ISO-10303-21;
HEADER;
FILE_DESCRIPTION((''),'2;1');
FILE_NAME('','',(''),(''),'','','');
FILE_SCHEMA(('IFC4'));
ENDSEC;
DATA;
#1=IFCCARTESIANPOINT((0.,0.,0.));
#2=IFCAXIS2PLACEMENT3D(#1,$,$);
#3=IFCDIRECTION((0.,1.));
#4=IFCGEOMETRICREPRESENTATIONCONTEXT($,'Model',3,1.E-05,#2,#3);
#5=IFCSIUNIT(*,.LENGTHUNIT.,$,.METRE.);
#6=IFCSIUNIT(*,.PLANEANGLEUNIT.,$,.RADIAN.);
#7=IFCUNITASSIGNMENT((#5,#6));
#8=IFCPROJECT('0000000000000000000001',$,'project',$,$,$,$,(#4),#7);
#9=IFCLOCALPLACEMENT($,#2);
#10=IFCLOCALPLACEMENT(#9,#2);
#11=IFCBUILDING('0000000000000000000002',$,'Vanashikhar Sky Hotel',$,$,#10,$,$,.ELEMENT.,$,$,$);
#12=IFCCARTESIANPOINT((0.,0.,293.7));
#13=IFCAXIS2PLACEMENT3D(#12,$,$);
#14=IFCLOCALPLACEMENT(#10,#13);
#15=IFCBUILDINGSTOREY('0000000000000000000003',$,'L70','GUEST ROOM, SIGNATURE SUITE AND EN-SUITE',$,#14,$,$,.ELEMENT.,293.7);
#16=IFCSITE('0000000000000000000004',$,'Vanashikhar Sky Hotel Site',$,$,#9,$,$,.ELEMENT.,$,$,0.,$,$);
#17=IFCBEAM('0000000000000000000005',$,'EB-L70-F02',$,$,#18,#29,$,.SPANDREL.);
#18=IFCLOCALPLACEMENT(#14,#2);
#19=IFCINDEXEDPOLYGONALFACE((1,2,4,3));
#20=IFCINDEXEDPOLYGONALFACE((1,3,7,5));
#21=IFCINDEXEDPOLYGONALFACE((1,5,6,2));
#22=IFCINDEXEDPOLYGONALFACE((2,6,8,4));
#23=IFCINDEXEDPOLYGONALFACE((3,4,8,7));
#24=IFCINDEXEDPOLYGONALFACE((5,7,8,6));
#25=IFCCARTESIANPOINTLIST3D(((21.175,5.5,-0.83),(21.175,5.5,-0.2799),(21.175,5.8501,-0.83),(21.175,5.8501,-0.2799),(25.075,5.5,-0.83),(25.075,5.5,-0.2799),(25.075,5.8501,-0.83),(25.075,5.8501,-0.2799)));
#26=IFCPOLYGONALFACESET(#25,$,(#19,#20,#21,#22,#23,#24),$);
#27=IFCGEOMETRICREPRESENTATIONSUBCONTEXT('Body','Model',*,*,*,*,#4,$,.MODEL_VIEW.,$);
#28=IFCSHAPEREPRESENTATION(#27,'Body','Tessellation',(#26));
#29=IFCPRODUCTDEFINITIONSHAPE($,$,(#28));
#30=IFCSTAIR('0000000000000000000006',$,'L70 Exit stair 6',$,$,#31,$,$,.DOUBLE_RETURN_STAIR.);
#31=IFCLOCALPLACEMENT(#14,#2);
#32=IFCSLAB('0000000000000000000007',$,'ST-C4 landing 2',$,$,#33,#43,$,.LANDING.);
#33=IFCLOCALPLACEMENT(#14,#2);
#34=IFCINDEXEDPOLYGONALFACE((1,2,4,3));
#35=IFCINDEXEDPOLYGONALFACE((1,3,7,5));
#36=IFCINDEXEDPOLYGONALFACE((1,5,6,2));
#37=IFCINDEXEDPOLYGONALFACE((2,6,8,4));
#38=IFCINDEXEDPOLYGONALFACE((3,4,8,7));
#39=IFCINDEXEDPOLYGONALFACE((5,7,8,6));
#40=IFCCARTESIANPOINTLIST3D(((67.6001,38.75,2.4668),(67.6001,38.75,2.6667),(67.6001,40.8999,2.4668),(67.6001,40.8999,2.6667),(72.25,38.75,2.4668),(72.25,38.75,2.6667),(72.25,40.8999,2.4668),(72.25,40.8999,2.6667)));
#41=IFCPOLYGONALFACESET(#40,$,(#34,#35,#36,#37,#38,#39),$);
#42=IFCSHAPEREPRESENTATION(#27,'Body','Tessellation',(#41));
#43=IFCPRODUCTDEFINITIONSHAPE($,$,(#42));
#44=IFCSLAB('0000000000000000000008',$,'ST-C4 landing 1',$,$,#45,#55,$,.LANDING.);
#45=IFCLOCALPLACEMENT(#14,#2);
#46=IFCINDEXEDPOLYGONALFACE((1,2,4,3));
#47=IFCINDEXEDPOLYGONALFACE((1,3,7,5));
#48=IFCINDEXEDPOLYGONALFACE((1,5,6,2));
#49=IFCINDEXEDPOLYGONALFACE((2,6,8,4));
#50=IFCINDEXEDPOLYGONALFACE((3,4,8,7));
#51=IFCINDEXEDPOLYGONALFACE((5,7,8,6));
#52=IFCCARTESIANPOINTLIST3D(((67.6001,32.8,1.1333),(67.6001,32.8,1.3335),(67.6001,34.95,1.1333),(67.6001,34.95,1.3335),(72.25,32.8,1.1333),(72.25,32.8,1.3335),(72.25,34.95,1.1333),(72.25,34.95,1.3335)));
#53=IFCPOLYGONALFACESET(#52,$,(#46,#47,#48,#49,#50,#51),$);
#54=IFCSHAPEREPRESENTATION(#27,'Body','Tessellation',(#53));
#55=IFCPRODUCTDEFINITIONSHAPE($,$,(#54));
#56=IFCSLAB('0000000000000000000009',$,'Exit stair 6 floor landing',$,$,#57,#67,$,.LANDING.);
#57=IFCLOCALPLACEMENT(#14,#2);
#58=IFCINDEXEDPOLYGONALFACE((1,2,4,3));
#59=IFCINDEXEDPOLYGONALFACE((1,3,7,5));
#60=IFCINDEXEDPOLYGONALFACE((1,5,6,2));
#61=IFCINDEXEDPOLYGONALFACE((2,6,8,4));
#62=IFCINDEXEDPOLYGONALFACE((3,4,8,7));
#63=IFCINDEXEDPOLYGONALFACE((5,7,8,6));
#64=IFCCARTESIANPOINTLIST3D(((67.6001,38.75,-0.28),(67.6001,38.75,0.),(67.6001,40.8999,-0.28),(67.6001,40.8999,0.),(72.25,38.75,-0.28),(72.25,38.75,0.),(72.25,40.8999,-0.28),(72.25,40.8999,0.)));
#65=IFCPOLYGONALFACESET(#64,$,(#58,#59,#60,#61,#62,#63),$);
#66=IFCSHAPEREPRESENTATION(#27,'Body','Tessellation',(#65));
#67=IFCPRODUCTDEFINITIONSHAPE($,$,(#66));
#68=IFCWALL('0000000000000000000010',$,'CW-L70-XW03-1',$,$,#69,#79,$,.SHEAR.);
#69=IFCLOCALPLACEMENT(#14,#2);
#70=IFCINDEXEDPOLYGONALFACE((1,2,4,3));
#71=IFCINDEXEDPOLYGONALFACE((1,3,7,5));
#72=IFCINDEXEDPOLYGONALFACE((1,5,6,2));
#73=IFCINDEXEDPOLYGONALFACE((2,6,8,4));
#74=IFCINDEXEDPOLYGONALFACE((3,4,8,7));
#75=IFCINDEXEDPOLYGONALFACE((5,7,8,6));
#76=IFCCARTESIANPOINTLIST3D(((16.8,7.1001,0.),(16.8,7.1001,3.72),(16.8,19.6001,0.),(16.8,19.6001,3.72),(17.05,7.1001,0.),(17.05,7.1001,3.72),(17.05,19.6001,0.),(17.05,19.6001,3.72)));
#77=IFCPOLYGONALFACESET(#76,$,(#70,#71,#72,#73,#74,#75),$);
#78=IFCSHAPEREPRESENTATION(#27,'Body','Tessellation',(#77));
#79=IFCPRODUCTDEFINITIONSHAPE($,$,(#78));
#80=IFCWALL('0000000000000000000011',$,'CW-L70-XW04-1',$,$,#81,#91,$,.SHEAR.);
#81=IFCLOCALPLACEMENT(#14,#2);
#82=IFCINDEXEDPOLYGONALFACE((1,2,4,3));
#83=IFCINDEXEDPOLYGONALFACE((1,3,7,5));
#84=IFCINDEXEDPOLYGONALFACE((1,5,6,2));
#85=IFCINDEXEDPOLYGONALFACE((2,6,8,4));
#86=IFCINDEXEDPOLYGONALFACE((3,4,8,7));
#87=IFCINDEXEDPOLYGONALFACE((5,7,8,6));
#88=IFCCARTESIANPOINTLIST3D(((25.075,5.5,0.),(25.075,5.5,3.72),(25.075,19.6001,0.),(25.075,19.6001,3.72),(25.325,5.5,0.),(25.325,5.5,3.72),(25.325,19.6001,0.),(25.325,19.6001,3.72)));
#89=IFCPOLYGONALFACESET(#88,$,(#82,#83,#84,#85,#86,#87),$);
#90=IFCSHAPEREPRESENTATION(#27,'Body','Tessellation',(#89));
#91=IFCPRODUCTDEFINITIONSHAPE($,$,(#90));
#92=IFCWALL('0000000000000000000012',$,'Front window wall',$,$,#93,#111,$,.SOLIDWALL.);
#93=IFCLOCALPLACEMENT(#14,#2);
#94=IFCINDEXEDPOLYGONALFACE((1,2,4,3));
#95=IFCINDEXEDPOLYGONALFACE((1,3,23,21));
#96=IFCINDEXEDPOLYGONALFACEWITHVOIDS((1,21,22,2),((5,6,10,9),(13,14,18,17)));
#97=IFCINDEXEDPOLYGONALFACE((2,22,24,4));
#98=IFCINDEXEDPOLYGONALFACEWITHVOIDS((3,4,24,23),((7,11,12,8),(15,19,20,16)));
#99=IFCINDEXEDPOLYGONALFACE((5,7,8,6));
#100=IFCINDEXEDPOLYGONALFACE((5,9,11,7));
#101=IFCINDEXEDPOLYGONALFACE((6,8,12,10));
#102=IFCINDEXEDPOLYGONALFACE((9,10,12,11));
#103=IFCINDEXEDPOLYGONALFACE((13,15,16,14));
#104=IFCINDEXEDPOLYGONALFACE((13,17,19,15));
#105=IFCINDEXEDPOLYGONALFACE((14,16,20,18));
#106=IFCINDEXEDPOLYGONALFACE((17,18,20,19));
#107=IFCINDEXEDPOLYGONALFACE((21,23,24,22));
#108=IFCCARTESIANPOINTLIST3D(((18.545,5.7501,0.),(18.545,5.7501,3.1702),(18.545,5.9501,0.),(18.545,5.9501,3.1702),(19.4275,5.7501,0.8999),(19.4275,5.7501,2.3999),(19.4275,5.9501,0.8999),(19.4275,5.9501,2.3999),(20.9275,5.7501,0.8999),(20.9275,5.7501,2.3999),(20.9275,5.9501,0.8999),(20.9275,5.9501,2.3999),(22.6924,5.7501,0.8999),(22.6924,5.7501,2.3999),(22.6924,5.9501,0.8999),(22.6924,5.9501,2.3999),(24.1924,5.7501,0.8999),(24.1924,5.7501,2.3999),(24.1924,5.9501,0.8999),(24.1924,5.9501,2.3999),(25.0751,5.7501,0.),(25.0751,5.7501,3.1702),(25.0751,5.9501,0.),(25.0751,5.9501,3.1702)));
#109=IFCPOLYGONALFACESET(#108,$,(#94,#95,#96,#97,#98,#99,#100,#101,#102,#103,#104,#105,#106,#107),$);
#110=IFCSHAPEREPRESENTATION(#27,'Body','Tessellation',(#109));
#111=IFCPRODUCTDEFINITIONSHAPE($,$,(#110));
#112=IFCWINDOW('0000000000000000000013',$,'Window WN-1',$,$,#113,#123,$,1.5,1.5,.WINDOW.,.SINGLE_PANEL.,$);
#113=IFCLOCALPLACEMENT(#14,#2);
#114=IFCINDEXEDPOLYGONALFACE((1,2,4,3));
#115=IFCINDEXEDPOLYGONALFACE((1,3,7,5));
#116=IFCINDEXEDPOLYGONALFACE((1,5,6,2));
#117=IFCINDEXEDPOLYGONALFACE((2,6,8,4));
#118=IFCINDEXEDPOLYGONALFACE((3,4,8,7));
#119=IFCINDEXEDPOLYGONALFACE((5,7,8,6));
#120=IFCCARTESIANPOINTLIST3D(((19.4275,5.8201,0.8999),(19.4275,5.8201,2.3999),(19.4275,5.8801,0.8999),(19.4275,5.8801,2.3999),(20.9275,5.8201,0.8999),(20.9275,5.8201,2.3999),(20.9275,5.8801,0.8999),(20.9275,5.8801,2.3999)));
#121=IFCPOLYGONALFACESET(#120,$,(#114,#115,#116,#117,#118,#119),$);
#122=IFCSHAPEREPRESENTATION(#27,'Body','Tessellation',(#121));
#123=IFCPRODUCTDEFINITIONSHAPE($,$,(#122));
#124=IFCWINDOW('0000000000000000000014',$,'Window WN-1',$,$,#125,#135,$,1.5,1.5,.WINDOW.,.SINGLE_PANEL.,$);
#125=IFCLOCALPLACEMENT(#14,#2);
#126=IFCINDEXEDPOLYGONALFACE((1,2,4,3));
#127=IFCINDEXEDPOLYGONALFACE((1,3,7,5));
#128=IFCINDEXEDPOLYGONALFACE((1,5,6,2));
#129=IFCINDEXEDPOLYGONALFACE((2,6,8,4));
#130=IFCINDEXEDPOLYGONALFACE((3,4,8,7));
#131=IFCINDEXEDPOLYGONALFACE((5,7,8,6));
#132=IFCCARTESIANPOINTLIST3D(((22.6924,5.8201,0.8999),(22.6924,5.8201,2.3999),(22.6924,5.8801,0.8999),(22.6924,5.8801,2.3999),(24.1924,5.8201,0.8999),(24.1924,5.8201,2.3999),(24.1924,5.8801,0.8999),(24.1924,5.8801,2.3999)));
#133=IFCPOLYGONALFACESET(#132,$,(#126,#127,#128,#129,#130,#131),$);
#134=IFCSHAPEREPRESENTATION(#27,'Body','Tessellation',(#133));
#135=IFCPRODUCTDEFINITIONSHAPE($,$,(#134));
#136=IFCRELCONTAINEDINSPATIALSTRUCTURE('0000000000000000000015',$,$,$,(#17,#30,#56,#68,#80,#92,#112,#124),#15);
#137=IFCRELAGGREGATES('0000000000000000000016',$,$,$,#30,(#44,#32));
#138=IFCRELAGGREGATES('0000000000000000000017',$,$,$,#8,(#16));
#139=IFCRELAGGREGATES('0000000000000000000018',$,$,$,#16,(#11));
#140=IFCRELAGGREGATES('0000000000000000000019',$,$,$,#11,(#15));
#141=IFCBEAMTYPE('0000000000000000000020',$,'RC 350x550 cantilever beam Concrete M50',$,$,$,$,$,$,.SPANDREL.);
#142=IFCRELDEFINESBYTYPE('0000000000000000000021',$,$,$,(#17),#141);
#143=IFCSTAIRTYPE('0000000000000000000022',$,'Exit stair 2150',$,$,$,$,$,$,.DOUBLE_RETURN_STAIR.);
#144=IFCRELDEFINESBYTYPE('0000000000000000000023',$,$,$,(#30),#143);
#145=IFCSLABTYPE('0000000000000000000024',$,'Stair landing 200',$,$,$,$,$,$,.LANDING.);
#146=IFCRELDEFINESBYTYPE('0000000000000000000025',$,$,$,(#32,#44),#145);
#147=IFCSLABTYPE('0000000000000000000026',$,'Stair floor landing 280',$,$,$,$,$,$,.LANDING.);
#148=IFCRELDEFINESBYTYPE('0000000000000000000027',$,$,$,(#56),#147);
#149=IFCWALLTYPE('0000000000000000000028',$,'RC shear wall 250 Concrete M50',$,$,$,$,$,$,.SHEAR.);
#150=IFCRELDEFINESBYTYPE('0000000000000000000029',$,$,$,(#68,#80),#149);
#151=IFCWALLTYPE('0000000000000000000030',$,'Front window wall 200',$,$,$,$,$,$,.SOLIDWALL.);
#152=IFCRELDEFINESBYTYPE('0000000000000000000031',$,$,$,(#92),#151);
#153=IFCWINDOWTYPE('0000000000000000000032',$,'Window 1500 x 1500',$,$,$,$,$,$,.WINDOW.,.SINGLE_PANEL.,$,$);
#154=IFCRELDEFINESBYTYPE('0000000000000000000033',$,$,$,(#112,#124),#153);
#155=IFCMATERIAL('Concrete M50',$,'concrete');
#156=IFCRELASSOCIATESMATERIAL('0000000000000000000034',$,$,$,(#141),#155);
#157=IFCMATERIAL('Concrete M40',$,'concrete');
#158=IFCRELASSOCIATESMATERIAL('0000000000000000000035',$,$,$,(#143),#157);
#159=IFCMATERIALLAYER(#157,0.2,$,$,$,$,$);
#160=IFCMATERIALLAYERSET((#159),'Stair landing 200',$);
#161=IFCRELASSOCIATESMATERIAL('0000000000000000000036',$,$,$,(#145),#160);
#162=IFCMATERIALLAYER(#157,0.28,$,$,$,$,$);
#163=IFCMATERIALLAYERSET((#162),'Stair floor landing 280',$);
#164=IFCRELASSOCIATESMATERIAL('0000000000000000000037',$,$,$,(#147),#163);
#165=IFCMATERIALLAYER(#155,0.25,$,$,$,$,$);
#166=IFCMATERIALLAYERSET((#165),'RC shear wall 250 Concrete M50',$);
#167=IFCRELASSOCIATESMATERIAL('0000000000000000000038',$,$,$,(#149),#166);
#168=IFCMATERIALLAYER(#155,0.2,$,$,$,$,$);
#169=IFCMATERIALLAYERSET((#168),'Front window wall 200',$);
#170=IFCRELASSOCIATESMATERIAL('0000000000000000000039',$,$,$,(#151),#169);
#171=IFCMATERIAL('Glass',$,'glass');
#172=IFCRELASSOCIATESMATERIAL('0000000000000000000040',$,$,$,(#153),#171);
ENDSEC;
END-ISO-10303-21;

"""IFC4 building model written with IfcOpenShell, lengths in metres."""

from ifc_helpers import new_model, si_unit, direction, frame, frame_2d, origin, origin_2d, place, context, subcontext, project, spatial, polyline, rectangle, outline, extrude, source, transform, mapped, material, layer, layer_set, material_profile, profile_set, type_object, element, fill, aggregate, save


model = new_model("IFC4")

# Units and contexts
model_context = context("Model", 3, precision=1e-05, world=origin(), true_north=direction((0.0, 1.0)))
body_context = subcontext(model_context, "Body", "Model", "MODEL_VIEW")
ifc_project = project(units=[si_unit("LENGTHUNIT", "METRE"), si_unit("PLANEANGLEUNIT", "RADIAN")], contexts=[model_context])

# Site, building, storey
site_placement = place(None, origin())
site = spatial("IfcSite", under=ifc_project, at=site_placement, Name="Vanashikhar Sky Hotel Site", CompositionType="ELEMENT", RefElevation=0.0)
building_placement = place(site_placement, origin())
building = spatial("IfcBuilding", under=site, at=building_placement, Name="Vanashikhar Sky Hotel", CompositionType="ELEMENT")
storey_placement = place(building_placement, frame((0.0, 0.0, 293.7)))
storey = spatial("IfcBuildingStorey", under=building, at=storey_placement, Name="L70", Description="GUEST ROOM, SIGNATURE SUITE AND EN-SUITE", CompositionType="ELEMENT", Elevation=293.7)

# Beam
ifc_material_1 = material(Name="Concrete M50", Category="concrete")
ifc_material_profile = material_profile(ifc_material_1, rectangle(XDim=0.3501, YDim=0.55, at=origin_2d()))
ifc_profile_set = profile_set([ifc_material_profile], Name="RC 350x550 cantilever beam Concrete M50")
beam_type = type_object("IfcBeamType", Name="RC 350x550 cantilever beam Concrete M50", PredefinedType="SPANDREL", material=ifc_profile_set)
shared_shape_1 = source(origin(), body_context, "Body", "SweptSolid", [
    extrude(rectangle(XDim=0.3501, YDim=0.55, at=origin_2d()), origin(), (0.0, 0.0, 1.0), 3.8999),
])
beam_placement = place(storey_placement, frame((21.175, 5.675, -0.5549), z_axis=(1.0, 0.0, 0.0), x_axis=(0.0, 1.0, 0.0)))
element("IfcBeam", 1, at=beam_placement, inside=storey, type_object=beam_type, Name="EB-L70-F02", PredefinedType="SPANDREL", context=body_context, shape_type="MappedRepresentation", body=[
    mapped(shared_shape_1, transform((0.0, 0.0, 0.0), scale=1.0)),
])

# Stair, slabs
ifc_material_2 = material(Name="Concrete M40", Category="concrete")
stair_type = type_object("IfcStairType", Name="Exit stair 2150", PredefinedType="DOUBLE_RETURN_STAIR", material=ifc_material_2)
stair_placement = place(storey_placement, origin())
stair = element("IfcStair", 2, at=stair_placement, inside=storey, type_object=stair_type, Name="L70 Exit stair 6", PredefinedType="DOUBLE_RETURN_STAIR")
ifc_layer_1 = layer(ifc_material_2, 0.2)
ifc_layer_set_1 = layer_set([ifc_layer_1], Name="Stair landing 200")
slab_type_1 = type_object("IfcSlabType", Name="Stair landing 200", PredefinedType="LANDING", material=ifc_layer_set_1)
shared_shape_2 = source(origin(), body_context, "Body", "SweptSolid", [
    extrude(outline(polyline([(72.25, 38.75), (72.25, 40.8999), (67.6001, 40.8999), (67.6001, 38.75), (72.25, 38.75)])), origin(), (0.0, 0.0, 1.0), 0.2),
])
slab_1_placement = place(storey_placement, frame((0.0, 0.0, 2.4668)))
slab_1 = element("IfcSlab", 3, at=slab_1_placement, type_object=slab_type_1, Name="ST-C4 landing 2", PredefinedType="LANDING", context=body_context, shape_type="MappedRepresentation", body=[
    mapped(shared_shape_2, transform((0.0, 0.0, 0.0), scale=1.0)),
])
shared_shape_3 = source(origin(), body_context, "Body", "SweptSolid", [
    extrude(outline(polyline([(72.25, 32.8), (72.25, 34.95), (67.6001, 34.95), (67.6001, 32.8), (72.25, 32.8)])), origin(), (0.0, 0.0, 1.0), 0.2002),
])
slab_2_placement = place(storey_placement, frame((0.0, 0.0, 1.1333)))
slab_2 = element("IfcSlab", 4, at=slab_2_placement, type_object=slab_type_1, Name="ST-C4 landing 1", PredefinedType="LANDING", context=body_context, shape_type="MappedRepresentation", body=[
    mapped(shared_shape_3, transform((0.0, 0.0, 0.0), scale=1.0)),
])
aggregate(stair, [slab_2, slab_1])

# Slab
ifc_layer_2 = layer(ifc_material_2, 0.28)
ifc_layer_set_2 = layer_set([ifc_layer_2], Name="Stair floor landing 280")
slab_type_2 = type_object("IfcSlabType", Name="Stair floor landing 280", PredefinedType="LANDING", material=ifc_layer_set_2)
shared_shape_4 = source(origin(), body_context, "Body", "SweptSolid", [
    extrude(outline(polyline([(72.25, 38.75), (72.25, 40.8999), (67.6001, 40.8999), (67.6001, 38.75), (72.25, 38.75)])), origin(), (0.0, 0.0, 1.0), 0.28),
])
slab_3_placement = place(storey_placement, frame((0.0, 0.0, -0.28)))
element("IfcSlab", 5, at=slab_3_placement, inside=storey, type_object=slab_type_2, Name="Exit stair 6 floor landing", PredefinedType="LANDING", context=body_context, shape_type="MappedRepresentation", body=[
    mapped(shared_shape_4, transform((0.0, 0.0, 0.0), scale=1.0)),
])

# Walls
ifc_layer_3 = layer(ifc_material_1, 0.25)
ifc_layer_set_3 = layer_set([ifc_layer_3], Name="RC shear wall 250 Concrete M50")
wall_type_1 = type_object("IfcWallType", Name="RC shear wall 250 Concrete M50", PredefinedType="SHEAR", material=ifc_layer_set_3)
shared_shape_5 = source(origin(), body_context, "Body", "SweptSolid", [
    extrude(rectangle(XDim=12.5, YDim=0.25, at=frame_2d((6.25, 0.0))), origin(), (0.0, 0.0, 1.0), 3.72),
])
wall_1_placement = place(storey_placement, frame((16.925, 7.1001, 0.0), z_axis=(0.0, 0.0, 1.0), x_axis=(0.0, 1.0, 0.0)))
element("IfcWall", 6, at=wall_1_placement, inside=storey, type_object=wall_type_1, Name="CW-L70-XW03-1", PredefinedType="SHEAR", context=body_context, shape_type="MappedRepresentation", body=[
    mapped(shared_shape_5, transform((0.0, 0.0, 0.0), scale=1.0)),
])
shared_shape_6 = source(origin(), body_context, "Body", "SweptSolid", [
    extrude(rectangle(XDim=14.1001, YDim=0.25, at=frame_2d((7.05, 0.0))), origin(), (0.0, 0.0, 1.0), 3.72),
])
wall_2_placement = place(storey_placement, frame((25.2, 5.5, 0.0), z_axis=(0.0, 0.0, 1.0), x_axis=(0.0, 1.0, 0.0)))
element("IfcWall", 7, at=wall_2_placement, inside=storey, type_object=wall_type_1, Name="CW-L70-XW04-1", PredefinedType="SHEAR", context=body_context, shape_type="MappedRepresentation", body=[
    mapped(shared_shape_6, transform((0.0, 0.0, 0.0), scale=1.0)),
])

# Wall, openings, windows
ifc_layer_4 = layer(ifc_material_1, 0.2)
ifc_layer_set_4 = layer_set([ifc_layer_4], Name="Front window wall 200")
wall_type_2 = type_object("IfcWallType", Name="Front window wall 200", PredefinedType="SOLIDWALL", material=ifc_layer_set_4)
shared_shape_7 = source(origin(), body_context, "Body", "SweptSolid", [
    extrude(rectangle(XDim=6.53, YDim=0.2, at=frame_2d((3.2651, 0.0))), origin(), (0.0, 0.0, 1.0), 3.1702),
])
wall_3_placement = place(storey_placement, frame((18.5449, 5.8501, 0.0), z_axis=(0.0, 0.0, 1.0), x_axis=(1.0, 0.0, 0.0)))
wall_3 = element("IfcWall", 8, at=wall_3_placement, inside=storey, type_object=wall_type_2, Name="Front window wall", PredefinedType="SOLIDWALL", context=body_context, shape_type="MappedRepresentation", body=[
    mapped(shared_shape_7, transform((0.0, 0.0, 0.0), scale=1.0)),
])
shared_shape_8 = source(origin(), body_context, "Body", "SweptSolid", [
    extrude(rectangle(XDim=1.5, YDim=1.5, at=frame_2d((0.75, 0.75))), frame((0.0, 0.1099, 0.0), z_axis=(0.0, -1.0, 0.0), x_axis=(1.0, 0.0, 0.0)), (0.0, 0.0, 1.0), 0.22),
])
opening_1_placement = place(wall_3_placement, frame((0.8826, 0.0, 0.8999)))
opening_1 = element("IfcOpeningElement", 9, at=opening_1_placement, cuts=wall_3, PredefinedType="OPENING", context=body_context, shape_type="MappedRepresentation", body=[
    mapped(shared_shape_8, transform((0.0, 0.0, 0.0), scale=1.0)),
])
opening_2_placement = place(wall_3_placement, frame((4.1475, 0.0, 0.8999)))
opening_2 = element("IfcOpeningElement", 10, at=opening_2_placement, cuts=wall_3, PredefinedType="OPENING", context=body_context, shape_type="MappedRepresentation", body=[
    mapped(shared_shape_8, transform((0.0, 0.0, 0.0), scale=1.0)),
])
ifc_material_3 = material(Name="Glass", Category="glass")
window_type_1 = type_object("IfcWindowType", Name="Window 1500 x 1500", PartitioningType="SINGLE_PANEL", PredefinedType="WINDOW", material=ifc_material_3)
shared_shape_9 = source(origin(), body_context, "Body", "SweptSolid", [
    extrude(rectangle(XDim=1.5, YDim=1.5, at=frame_2d((0.75, 0.75))), frame((0.0, 0.03, 0.0), z_axis=(0.0, -1.0, 0.0), x_axis=(1.0, 0.0, 0.0)), (0.0, 0.0, 1.0), 0.0601),
])
window_1_placement = place(opening_1_placement, origin())
window_1 = element("IfcWindow", 11, at=window_1_placement, inside=storey, type_object=window_type_1, Name="Window WN-1", OverallHeight=1.5, OverallWidth=1.5, PartitioningType="SINGLE_PANEL", PredefinedType="WINDOW", context=body_context, shape_type="MappedRepresentation", body=[
    mapped(shared_shape_9, transform((0.0, 0.0, 0.0), scale=1.0)),
])
fill(opening_1, window_1)
window_2_placement = place(opening_2_placement, origin())
window_2 = element("IfcWindow", 12, at=window_2_placement, inside=storey, type_object=window_type_1, Name="Window WN-1", OverallHeight=1.5, OverallWidth=1.5, PartitioningType="SINGLE_PANEL", PredefinedType="WINDOW", context=body_context, shape_type="MappedRepresentation", body=[
    mapped(shared_shape_9, transform((0.0, 0.0, 0.0), scale=1.0)),
])
fill(opening_2, window_2)

save(model, "model.ifc")
